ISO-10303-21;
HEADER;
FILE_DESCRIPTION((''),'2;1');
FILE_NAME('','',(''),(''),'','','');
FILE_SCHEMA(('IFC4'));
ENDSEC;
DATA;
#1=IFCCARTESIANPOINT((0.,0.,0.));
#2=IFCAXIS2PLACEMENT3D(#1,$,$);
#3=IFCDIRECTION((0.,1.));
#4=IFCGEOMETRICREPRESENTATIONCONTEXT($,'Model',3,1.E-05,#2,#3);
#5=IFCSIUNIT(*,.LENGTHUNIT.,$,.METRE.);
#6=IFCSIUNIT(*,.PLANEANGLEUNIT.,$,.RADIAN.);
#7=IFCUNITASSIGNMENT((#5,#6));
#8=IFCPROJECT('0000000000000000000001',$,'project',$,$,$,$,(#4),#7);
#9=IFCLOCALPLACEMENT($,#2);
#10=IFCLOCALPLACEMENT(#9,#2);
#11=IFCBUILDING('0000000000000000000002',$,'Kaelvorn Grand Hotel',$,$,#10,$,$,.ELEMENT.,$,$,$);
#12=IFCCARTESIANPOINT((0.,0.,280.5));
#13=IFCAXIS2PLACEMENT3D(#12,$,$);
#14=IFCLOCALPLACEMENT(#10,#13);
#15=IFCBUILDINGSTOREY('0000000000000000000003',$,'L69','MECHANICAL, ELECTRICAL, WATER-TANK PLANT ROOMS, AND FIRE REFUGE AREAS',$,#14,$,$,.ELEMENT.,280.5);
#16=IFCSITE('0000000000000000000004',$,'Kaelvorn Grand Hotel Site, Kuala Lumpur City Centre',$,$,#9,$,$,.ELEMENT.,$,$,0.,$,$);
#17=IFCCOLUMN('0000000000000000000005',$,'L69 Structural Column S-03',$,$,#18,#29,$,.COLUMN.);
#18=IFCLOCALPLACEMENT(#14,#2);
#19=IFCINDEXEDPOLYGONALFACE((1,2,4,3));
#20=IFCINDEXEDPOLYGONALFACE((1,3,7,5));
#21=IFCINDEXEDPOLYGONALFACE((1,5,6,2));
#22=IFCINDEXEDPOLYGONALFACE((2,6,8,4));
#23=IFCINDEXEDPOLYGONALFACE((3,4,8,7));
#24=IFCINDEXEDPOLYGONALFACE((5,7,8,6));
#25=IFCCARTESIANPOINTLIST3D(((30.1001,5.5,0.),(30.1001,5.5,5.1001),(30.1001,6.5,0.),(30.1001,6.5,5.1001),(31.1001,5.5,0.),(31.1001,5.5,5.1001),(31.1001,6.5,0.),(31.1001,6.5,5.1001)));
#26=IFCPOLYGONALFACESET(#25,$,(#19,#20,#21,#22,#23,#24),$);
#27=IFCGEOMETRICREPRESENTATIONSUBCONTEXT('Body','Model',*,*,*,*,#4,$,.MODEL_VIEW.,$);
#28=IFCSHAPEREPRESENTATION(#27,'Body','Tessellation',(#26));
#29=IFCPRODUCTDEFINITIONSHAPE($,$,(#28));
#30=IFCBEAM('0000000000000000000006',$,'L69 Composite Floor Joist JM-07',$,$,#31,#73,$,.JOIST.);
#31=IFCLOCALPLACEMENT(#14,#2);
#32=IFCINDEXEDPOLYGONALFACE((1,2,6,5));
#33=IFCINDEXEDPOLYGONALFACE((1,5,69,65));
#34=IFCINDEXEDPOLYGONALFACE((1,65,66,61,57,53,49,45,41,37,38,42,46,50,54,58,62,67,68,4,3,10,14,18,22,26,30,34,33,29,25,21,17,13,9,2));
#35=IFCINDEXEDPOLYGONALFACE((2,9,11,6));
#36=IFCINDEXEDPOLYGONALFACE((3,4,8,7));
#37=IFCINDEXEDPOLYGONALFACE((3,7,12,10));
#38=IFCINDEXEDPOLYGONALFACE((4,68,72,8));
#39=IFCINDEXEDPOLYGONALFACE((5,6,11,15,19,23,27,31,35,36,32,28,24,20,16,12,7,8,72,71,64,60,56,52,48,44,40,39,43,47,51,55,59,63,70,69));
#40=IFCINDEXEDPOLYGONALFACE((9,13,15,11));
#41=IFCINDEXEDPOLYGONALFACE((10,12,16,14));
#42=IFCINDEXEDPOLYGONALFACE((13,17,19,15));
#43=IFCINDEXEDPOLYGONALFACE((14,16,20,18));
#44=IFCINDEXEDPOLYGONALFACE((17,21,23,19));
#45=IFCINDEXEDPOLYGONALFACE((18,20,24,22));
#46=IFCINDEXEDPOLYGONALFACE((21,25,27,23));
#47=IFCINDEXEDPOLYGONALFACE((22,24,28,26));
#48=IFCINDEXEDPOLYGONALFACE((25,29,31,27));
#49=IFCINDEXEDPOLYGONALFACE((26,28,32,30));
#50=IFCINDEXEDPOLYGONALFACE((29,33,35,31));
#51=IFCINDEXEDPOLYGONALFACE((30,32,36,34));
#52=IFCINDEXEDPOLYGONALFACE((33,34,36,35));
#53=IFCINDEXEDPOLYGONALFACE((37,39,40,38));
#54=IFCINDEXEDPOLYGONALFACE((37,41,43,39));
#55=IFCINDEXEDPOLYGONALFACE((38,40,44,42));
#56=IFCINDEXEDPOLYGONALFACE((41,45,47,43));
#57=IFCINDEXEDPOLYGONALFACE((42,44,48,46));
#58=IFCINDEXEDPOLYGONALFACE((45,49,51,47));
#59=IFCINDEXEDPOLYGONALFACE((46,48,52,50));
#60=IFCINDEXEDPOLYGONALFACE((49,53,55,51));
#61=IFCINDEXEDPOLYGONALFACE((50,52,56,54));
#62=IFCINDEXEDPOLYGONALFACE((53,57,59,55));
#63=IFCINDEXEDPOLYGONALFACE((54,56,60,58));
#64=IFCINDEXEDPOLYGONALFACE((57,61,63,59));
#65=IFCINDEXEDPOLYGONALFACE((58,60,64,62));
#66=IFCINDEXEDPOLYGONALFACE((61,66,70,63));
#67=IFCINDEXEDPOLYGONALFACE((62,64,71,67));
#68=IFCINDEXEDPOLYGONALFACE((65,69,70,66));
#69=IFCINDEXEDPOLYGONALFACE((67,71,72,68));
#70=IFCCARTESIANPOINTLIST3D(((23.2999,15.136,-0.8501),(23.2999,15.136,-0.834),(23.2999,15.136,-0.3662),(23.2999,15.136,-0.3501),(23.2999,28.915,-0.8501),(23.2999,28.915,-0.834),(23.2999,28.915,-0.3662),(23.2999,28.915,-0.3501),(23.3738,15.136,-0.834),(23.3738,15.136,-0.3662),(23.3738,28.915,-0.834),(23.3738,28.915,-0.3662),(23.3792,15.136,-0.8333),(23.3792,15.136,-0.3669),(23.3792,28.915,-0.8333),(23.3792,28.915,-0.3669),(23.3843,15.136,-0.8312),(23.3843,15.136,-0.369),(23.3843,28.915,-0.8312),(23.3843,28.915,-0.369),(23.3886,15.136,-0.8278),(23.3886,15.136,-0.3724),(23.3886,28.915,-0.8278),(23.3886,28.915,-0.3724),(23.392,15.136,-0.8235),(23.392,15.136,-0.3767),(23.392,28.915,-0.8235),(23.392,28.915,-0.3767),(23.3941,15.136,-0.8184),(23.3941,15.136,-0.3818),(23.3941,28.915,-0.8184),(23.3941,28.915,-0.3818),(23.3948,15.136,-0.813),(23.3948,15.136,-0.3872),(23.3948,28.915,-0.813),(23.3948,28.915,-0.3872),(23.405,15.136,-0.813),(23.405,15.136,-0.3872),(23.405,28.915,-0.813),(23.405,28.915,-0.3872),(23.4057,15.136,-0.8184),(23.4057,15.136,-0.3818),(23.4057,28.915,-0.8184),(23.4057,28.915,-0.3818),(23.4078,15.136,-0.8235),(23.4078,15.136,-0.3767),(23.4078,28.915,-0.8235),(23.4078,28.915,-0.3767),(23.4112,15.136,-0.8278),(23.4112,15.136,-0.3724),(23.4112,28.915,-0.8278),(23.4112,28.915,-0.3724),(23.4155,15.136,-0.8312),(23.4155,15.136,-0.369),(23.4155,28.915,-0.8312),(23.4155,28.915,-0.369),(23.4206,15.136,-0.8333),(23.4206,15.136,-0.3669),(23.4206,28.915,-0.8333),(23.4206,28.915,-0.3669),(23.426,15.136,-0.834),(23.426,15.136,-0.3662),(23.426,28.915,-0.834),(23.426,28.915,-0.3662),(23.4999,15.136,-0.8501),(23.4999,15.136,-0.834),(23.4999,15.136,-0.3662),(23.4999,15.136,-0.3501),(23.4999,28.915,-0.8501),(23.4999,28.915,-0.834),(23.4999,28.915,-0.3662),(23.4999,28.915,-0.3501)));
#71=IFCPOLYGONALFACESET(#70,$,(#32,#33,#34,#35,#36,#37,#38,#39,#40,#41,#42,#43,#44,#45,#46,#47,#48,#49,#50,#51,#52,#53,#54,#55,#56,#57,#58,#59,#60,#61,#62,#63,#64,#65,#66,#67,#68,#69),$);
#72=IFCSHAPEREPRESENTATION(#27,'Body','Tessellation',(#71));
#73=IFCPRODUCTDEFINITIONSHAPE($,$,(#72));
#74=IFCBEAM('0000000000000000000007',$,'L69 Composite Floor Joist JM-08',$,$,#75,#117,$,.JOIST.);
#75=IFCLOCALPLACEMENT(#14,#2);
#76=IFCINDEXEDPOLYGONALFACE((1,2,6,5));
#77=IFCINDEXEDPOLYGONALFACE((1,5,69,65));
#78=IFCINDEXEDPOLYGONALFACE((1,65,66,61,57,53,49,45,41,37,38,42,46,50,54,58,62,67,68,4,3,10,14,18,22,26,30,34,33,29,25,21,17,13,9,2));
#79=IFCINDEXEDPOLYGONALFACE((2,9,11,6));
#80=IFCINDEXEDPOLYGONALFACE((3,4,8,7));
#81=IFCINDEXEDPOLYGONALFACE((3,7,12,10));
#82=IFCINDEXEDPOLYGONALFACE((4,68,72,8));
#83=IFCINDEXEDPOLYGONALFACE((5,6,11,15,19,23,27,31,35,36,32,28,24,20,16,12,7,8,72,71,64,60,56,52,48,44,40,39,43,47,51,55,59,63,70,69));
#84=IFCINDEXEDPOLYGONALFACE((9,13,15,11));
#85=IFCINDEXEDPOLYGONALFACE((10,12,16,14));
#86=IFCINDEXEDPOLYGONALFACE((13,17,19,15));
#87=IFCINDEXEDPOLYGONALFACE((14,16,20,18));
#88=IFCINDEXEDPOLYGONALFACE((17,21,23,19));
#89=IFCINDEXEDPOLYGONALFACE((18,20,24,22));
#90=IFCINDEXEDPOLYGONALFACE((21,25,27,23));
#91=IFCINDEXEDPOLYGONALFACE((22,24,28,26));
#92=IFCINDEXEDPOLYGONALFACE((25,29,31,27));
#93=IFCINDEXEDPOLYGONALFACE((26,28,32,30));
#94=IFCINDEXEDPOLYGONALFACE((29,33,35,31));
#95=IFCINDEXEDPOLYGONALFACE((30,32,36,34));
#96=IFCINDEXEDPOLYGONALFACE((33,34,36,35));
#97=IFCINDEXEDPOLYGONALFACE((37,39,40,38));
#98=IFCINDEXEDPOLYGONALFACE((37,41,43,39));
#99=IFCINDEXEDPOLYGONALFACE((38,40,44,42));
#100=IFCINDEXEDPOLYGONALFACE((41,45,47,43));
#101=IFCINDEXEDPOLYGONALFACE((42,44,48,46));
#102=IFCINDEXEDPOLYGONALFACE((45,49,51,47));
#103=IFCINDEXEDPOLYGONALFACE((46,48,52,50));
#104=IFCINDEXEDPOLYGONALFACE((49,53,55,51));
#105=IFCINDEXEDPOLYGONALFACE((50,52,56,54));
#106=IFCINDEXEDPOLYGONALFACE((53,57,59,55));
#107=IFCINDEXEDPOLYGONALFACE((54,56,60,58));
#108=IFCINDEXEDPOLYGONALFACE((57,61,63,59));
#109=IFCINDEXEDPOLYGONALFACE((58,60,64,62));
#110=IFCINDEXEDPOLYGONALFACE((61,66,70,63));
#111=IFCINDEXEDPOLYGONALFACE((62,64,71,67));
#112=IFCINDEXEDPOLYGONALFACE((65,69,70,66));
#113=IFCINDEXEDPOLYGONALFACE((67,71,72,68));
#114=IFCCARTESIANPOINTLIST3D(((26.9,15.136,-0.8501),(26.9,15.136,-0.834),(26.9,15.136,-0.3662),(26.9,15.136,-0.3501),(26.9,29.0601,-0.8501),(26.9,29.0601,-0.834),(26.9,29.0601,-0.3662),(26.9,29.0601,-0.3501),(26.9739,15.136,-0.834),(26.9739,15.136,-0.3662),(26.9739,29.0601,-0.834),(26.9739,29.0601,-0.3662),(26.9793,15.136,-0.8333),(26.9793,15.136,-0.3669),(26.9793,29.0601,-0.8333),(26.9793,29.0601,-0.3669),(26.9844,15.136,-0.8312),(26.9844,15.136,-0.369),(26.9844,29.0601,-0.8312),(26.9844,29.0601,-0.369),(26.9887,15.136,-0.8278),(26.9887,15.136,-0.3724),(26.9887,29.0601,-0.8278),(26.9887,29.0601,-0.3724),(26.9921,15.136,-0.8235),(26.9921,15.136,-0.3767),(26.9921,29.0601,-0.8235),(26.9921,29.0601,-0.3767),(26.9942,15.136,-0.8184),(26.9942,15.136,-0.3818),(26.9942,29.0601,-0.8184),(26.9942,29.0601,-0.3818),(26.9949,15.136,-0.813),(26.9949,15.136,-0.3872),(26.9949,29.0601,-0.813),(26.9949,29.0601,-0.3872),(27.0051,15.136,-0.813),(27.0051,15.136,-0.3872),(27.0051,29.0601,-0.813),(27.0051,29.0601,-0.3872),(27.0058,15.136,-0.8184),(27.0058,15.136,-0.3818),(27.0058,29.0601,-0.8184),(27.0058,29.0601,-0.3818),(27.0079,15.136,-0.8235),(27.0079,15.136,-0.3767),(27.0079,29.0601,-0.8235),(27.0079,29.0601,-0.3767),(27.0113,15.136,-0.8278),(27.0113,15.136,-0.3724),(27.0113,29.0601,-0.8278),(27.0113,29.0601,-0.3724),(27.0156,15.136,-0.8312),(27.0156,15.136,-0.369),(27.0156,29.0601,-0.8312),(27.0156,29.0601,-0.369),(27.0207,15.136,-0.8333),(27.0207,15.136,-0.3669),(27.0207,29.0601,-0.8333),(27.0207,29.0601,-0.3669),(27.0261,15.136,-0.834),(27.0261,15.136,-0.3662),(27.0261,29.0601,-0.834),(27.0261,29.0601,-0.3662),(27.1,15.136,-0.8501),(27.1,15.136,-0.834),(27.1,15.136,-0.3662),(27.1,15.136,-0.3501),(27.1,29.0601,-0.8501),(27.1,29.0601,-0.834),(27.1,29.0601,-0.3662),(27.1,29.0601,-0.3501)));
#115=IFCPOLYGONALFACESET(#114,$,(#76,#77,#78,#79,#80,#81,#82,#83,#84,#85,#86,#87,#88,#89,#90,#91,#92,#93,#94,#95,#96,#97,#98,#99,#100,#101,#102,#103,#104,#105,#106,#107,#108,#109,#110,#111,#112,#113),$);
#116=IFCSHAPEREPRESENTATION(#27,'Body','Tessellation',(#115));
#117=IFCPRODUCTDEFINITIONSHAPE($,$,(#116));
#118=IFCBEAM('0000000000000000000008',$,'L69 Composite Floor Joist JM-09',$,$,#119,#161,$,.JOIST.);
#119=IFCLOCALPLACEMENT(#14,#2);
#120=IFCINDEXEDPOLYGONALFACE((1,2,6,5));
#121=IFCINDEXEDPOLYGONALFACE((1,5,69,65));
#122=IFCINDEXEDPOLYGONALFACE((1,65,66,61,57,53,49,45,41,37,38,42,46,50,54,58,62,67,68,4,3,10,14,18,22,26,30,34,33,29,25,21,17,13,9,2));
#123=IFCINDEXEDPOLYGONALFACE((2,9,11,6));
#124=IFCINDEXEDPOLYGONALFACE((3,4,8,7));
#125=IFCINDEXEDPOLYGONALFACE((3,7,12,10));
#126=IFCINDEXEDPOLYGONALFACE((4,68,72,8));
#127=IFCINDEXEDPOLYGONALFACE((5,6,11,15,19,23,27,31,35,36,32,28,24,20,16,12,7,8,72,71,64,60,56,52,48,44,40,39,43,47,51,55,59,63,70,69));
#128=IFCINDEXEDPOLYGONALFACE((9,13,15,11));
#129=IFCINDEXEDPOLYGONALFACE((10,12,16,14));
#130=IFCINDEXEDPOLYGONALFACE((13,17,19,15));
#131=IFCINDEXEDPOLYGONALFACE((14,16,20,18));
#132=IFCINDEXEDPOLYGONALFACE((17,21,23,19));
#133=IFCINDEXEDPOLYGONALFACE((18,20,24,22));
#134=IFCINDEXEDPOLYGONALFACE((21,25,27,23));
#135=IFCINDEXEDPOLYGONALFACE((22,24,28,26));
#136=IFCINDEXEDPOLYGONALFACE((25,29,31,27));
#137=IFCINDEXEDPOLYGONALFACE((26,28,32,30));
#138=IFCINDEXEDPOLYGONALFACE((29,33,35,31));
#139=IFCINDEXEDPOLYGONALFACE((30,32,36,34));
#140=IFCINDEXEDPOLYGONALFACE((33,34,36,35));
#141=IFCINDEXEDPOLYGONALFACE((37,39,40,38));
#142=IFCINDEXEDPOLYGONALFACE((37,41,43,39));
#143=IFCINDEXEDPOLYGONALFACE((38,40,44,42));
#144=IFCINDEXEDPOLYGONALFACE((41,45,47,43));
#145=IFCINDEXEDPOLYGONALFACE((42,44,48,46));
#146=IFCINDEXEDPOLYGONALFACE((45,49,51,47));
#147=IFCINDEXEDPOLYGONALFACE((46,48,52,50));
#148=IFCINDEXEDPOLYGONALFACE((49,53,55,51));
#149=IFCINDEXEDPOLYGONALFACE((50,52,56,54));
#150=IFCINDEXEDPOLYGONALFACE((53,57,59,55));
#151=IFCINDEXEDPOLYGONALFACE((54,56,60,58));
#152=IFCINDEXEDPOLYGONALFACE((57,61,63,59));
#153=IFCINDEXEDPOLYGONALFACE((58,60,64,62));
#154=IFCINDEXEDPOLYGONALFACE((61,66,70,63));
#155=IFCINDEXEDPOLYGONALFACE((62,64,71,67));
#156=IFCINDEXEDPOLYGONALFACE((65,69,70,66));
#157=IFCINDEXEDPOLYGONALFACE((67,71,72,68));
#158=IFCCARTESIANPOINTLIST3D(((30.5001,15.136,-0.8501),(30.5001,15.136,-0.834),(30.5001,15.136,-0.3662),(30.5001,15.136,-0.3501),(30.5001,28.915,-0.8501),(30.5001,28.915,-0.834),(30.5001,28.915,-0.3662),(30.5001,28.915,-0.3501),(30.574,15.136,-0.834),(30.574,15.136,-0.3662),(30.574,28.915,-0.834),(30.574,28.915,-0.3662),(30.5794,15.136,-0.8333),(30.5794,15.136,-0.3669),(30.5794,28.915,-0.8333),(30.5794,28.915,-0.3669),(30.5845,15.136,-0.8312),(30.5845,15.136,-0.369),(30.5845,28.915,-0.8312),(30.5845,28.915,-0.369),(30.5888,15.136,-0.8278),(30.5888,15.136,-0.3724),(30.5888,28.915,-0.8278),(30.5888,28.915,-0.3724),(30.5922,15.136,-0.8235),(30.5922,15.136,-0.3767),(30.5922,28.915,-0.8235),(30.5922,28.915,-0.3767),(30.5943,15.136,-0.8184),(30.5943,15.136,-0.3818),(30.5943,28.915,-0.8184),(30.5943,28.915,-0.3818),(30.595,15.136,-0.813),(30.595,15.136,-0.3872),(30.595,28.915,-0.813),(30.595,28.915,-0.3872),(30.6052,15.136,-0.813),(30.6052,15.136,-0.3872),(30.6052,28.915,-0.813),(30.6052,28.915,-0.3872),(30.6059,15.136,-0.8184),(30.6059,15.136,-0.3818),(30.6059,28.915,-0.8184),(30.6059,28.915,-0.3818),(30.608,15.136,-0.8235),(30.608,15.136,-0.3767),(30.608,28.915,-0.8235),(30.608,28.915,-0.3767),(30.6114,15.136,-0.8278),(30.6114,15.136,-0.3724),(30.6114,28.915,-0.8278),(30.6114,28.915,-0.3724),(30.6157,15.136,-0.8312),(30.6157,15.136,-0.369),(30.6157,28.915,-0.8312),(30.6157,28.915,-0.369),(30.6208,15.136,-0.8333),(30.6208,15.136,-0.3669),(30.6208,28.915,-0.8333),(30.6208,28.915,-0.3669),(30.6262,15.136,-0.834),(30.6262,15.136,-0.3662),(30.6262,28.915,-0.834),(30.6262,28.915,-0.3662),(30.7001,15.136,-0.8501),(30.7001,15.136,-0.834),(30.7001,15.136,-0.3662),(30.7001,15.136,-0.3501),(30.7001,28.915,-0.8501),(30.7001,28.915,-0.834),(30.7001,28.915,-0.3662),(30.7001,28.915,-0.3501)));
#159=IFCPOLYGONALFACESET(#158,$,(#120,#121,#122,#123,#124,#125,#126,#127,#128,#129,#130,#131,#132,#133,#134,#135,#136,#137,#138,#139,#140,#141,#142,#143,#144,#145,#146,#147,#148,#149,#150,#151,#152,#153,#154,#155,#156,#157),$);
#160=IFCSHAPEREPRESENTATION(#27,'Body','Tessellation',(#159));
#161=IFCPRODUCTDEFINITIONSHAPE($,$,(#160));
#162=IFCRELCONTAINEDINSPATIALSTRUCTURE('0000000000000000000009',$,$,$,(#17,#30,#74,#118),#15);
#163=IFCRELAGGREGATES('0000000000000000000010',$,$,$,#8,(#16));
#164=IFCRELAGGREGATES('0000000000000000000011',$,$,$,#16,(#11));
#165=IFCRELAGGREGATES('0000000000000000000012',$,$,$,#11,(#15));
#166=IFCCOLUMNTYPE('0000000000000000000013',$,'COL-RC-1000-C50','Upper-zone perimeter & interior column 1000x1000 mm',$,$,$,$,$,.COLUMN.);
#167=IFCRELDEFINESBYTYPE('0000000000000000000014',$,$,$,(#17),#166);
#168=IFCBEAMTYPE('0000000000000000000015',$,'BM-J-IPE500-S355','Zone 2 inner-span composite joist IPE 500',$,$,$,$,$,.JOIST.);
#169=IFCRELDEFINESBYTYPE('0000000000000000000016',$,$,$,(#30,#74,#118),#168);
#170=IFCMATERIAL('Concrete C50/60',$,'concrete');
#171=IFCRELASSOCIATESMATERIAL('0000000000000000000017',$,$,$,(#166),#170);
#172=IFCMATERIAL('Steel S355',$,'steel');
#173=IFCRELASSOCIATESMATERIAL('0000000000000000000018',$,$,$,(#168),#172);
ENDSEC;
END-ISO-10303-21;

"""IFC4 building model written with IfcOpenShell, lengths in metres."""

from ifc_helpers import new_model, si_unit, direction, frame, origin, origin_2d, place, context, subcontext, project, spatial, rectangle, i_section, extrude, material, material_profile, profile_set, type_object, element, save


model = new_model("IFC4")

# Units and contexts
model_context = context("Model", 3, precision=1e-05, world=origin(), true_north=direction((0.0, 1.0)))
body_context = subcontext(model_context, "Body", "Model", "MODEL_VIEW")
ifc_project = project(units=[si_unit("LENGTHUNIT", "METRE"), si_unit("PLANEANGLEUNIT", "RADIAN")], contexts=[model_context])

# Site, building, storey
site_placement = place(None, origin())
site = spatial("IfcSite", under=ifc_project, at=site_placement, Name="Kaelvorn Grand Hotel Site, Kuala Lumpur City Centre", CompositionType="ELEMENT", RefElevation=0.0)
building_placement = place(site_placement, origin())
building = spatial("IfcBuilding", under=site, at=building_placement, Name="Kaelvorn Grand Hotel", CompositionType="ELEMENT")
storey_placement = place(building_placement, frame((0.0, 0.0, 280.5)))
storey = spatial("IfcBuildingStorey", under=building, at=storey_placement, Name="L69", Description="MECHANICAL, ELECTRICAL, WATER-TANK PLANT ROOMS, AND FIRE REFUGE AREAS", CompositionType="ELEMENT", Elevation=280.5)

# Column
ifc_material_1 = material(Name="Concrete C50/60", Category="concrete")
ifc_material_profile_1 = material_profile(ifc_material_1, rectangle(XDim=1.0, YDim=1.0, at=origin_2d()), Name="RC COL 1000x1000")
ifc_profile_set_1 = profile_set([ifc_material_profile_1], Name="Concrete C50/60")
column_type = type_object("IfcColumnType", Name="COL-RC-1000-C50", Description="Upper-zone perimeter & interior column 1000x1000 mm", PredefinedType="COLUMN", material=ifc_profile_set_1)
column_placement = place(storey_placement, frame((30.6001, 6.0, 0.0), z_axis=(0.0, 0.0, 1.0), x_axis=(1.0, 0.0, 0.0)))
element("IfcColumn", 1, at=column_placement, inside=storey, type_object=column_type, Name="L69 Structural Column S-03", PredefinedType="COLUMN", context=body_context, shape_type="SweptSolid", body=[
    extrude(rectangle(XDim=1.0, YDim=1.0, at=origin_2d()), origin(), (0.0, 0.0, 1.0), 5.1001),
])

# Beams
ifc_material_2 = material(Name="Steel S355", Category="steel")
ifc_material_profile_2 = material_profile(ifc_material_2, i_section(OverallWidth=0.2, OverallDepth=0.5, WebThickness=0.0103, FlangeThickness=0.0161, FilletRadius=0.021, at=origin_2d()), Name="IPE 500")
ifc_profile_set_2 = profile_set([ifc_material_profile_2], Name="Steel S355")
beam_type_1 = type_object("IfcBeamType", Name="BM-J-IPE500-S355", Description="Zone 2 inner-span composite joist IPE 500", PredefinedType="JOIST", material=ifc_profile_set_2)
beam_1_placement = place(storey_placement, frame((23.3999, 15.136, -0.6001), z_axis=(0.0, 1.0, 0.0), x_axis=(-1.0, 0.0, 0.0)))
element("IfcBeam", 2, at=beam_1_placement, inside=storey, type_object=beam_type_1, Name="L69 Composite Floor Joist JM-07", PredefinedType="JOIST", context=body_context, shape_type="SweptSolid", body=[
    extrude(i_section(OverallWidth=0.2, OverallDepth=0.5, WebThickness=0.0103, FlangeThickness=0.0161, FilletRadius=0.021, at=origin_2d()), origin(), (0.0, 0.0, 1.0), 13.7791),
])
beam_2_placement = place(storey_placement, frame((27.0, 15.136, -0.6001), z_axis=(0.0, 1.0, 0.0), x_axis=(-1.0, 0.0, 0.0)))
element("IfcBeam", 3, at=beam_2_placement, inside=storey, type_object=beam_type_1, Name="L69 Composite Floor Joist JM-08", PredefinedType="JOIST", context=body_context, shape_type="SweptSolid", body=[
    extrude(i_section(OverallWidth=0.2, OverallDepth=0.5, WebThickness=0.0103, FlangeThickness=0.0161, FilletRadius=0.021, at=origin_2d()), origin(), (0.0, 0.0, 1.0), 13.9241),
])
beam_3_placement = place(storey_placement, frame((30.6001, 15.136, -0.6001), z_axis=(0.0, 1.0, 0.0), x_axis=(-1.0, 0.0, 0.0)))
element("IfcBeam", 4, at=beam_3_placement, inside=storey, type_object=beam_type_1, Name="L69 Composite Floor Joist JM-09", PredefinedType="JOIST", context=body_context, shape_type="SweptSolid", body=[
    extrude(i_section(OverallWidth=0.2, OverallDepth=0.5, WebThickness=0.0103, FlangeThickness=0.0161, FilletRadius=0.021, at=origin_2d()), origin(), (0.0, 0.0, 1.0), 13.7791),
])

save(model, "model.ifc")
